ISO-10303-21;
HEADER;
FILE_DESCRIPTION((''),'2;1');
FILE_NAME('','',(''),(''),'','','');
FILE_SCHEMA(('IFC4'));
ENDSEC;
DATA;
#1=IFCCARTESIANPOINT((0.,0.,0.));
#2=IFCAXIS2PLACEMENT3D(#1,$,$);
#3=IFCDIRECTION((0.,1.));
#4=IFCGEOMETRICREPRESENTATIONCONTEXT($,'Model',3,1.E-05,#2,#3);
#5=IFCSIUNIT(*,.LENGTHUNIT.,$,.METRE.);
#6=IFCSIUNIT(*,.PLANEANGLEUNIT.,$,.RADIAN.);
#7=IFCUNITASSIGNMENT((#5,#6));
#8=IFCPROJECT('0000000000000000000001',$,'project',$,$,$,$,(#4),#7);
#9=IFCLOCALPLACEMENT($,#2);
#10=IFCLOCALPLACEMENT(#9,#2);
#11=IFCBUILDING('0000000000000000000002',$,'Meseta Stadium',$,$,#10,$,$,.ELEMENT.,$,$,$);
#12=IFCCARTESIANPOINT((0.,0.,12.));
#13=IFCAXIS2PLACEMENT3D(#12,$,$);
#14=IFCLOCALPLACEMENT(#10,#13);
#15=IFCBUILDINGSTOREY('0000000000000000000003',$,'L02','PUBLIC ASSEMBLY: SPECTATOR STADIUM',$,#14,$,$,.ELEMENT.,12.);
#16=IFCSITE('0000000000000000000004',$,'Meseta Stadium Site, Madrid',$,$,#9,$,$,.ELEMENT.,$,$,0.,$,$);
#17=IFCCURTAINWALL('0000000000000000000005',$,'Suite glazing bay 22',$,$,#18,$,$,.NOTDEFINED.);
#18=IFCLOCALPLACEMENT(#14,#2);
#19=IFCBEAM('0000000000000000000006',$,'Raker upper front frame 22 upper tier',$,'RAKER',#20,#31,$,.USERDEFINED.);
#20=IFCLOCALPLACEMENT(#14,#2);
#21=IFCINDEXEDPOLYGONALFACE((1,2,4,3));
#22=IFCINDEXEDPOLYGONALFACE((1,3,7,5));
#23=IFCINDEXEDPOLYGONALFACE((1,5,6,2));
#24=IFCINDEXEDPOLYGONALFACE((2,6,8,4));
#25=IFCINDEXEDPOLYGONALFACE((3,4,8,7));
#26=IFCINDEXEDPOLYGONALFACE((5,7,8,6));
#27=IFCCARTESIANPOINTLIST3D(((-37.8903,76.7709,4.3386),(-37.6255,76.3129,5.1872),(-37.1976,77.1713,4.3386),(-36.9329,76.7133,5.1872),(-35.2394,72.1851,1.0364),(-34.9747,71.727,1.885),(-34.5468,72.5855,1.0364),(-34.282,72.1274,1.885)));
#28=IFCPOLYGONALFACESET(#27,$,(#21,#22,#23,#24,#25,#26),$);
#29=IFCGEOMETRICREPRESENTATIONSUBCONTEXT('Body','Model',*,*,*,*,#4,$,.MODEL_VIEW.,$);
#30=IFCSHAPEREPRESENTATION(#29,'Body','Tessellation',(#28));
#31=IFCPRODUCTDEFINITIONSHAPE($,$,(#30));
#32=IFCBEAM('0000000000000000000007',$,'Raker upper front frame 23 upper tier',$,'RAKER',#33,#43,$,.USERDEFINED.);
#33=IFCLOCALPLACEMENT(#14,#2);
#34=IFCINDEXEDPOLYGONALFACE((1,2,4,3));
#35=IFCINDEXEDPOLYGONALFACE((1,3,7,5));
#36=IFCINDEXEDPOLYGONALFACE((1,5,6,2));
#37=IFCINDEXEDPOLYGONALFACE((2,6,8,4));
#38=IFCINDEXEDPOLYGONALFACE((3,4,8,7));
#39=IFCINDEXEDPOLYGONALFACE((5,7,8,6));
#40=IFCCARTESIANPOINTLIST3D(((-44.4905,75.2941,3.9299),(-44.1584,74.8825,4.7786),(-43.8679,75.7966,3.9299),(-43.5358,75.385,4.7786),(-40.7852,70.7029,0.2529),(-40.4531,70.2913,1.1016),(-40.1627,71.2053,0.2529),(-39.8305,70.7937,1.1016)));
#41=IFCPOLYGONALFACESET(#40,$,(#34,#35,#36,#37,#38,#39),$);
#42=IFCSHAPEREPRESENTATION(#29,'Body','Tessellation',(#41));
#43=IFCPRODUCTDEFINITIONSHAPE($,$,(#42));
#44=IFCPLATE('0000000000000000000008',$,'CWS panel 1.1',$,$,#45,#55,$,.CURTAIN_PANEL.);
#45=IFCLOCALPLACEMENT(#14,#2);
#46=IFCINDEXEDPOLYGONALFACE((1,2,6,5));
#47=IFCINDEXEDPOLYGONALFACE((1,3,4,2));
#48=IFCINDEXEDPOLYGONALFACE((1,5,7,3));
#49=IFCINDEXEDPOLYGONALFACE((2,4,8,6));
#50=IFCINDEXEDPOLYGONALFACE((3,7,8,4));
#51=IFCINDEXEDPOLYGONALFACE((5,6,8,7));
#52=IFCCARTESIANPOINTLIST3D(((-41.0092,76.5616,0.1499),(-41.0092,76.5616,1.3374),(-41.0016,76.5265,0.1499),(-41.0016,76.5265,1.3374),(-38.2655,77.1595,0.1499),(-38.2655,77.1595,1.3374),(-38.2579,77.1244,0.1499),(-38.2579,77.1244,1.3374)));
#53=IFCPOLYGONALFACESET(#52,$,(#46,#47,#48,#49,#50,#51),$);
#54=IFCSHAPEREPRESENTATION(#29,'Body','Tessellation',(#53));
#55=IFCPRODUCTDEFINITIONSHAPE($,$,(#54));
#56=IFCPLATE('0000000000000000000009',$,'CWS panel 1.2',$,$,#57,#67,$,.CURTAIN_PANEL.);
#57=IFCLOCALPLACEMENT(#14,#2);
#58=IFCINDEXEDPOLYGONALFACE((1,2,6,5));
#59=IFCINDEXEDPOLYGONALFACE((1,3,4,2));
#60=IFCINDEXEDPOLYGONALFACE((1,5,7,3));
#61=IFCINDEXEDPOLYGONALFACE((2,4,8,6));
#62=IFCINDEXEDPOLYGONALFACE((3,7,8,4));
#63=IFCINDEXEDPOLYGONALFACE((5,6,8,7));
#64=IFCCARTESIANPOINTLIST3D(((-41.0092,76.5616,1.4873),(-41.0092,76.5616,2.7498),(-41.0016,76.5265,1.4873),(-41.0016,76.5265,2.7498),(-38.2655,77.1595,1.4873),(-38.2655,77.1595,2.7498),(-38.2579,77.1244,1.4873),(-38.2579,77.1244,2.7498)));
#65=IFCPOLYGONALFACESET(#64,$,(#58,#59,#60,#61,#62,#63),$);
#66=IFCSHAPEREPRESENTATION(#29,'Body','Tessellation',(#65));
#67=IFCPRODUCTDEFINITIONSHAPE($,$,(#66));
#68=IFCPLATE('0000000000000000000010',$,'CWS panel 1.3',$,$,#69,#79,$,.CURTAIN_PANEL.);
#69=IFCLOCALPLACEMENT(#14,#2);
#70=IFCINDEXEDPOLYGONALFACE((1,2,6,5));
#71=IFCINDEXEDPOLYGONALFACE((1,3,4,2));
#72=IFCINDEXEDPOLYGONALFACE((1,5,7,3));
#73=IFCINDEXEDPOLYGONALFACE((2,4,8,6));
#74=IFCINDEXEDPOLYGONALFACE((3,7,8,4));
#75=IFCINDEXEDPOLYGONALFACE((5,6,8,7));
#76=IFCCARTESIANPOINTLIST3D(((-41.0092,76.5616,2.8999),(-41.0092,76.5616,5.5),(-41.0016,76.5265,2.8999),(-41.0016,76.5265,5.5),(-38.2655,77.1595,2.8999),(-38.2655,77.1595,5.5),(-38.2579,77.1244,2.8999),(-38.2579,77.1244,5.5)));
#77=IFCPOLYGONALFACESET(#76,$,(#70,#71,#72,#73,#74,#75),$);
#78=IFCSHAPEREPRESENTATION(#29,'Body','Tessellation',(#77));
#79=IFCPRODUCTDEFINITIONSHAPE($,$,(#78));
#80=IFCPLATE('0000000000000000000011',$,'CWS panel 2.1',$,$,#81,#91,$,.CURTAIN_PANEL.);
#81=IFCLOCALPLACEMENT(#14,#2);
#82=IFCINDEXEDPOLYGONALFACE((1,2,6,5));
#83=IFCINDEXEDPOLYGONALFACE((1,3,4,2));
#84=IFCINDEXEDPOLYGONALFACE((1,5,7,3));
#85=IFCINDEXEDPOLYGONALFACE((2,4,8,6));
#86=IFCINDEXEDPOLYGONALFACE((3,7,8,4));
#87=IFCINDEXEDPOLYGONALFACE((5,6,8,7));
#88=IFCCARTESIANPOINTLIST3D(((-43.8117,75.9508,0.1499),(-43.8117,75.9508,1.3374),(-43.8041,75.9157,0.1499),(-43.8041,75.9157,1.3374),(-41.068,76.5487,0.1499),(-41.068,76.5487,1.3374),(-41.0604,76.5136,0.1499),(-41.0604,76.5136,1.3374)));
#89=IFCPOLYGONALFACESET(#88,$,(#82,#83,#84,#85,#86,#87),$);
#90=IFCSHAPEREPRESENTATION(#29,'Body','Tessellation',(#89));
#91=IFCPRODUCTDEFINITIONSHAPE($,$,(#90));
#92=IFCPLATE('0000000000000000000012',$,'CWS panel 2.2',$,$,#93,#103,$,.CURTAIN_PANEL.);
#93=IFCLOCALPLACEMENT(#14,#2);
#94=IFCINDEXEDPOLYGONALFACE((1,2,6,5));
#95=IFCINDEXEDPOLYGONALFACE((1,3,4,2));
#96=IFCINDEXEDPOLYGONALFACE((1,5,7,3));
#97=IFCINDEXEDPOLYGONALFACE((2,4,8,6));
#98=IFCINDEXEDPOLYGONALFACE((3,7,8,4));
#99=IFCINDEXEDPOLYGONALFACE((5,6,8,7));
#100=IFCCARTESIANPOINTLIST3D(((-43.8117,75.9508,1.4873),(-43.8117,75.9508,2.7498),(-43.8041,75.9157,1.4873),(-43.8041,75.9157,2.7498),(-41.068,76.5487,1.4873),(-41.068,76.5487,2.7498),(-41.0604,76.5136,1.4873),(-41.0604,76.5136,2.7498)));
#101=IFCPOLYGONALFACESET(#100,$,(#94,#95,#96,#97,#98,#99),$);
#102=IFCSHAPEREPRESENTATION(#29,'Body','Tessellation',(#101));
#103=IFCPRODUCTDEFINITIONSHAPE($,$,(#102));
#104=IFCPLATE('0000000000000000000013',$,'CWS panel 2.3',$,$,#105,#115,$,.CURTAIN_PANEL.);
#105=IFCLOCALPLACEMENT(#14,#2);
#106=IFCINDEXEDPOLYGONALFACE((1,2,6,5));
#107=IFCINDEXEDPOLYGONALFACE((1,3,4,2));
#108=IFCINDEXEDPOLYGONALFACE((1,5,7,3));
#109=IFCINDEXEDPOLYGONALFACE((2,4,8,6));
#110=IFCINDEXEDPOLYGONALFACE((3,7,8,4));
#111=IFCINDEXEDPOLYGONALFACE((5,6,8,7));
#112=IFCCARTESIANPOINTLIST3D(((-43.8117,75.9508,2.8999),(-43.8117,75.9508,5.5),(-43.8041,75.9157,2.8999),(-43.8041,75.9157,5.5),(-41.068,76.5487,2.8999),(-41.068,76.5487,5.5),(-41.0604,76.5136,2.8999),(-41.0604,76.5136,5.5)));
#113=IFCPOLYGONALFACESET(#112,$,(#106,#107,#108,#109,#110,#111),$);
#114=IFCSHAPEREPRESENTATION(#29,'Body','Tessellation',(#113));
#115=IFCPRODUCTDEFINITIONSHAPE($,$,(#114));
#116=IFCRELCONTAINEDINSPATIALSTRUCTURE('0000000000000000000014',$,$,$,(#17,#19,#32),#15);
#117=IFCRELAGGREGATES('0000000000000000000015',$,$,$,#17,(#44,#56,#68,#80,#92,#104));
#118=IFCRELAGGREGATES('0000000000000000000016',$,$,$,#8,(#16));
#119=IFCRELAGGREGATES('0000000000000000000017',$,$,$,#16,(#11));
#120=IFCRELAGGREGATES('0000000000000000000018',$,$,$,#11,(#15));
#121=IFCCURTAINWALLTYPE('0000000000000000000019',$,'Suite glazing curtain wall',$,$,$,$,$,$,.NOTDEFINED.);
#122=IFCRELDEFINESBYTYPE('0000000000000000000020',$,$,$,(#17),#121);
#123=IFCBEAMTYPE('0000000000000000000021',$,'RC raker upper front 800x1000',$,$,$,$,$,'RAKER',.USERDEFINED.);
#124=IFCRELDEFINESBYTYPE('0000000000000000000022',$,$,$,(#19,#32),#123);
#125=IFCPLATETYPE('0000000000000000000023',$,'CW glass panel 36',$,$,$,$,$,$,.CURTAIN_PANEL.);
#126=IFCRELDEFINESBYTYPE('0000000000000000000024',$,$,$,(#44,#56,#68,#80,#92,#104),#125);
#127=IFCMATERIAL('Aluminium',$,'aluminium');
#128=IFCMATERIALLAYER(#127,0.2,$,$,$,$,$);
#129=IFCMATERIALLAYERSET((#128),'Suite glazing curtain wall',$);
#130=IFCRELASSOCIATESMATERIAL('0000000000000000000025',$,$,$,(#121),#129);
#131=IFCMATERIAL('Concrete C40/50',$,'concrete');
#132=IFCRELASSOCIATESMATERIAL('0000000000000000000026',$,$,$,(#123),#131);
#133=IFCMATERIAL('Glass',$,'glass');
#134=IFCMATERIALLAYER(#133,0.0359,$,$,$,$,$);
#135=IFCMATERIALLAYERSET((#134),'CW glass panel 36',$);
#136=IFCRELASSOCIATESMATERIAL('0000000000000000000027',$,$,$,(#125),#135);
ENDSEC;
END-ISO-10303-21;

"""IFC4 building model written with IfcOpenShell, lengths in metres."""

from ifc_helpers import new_model, si_unit, direction, frame, origin, origin_2d, place, context, subcontext, project, spatial, rectangle, extrude, material, layer, layer_set, material_profile, profile_set, type_object, element, aggregate, save


model = new_model("IFC4")

# Units and contexts
model_context = context("Model", 3, precision=1e-05, world=origin(), true_north=direction((0.0, 1.0)))
body_context = subcontext(model_context, "Body", "Model", "MODEL_VIEW")
ifc_project = project(units=[si_unit("LENGTHUNIT", "METRE"), si_unit("PLANEANGLEUNIT", "RADIAN")], contexts=[model_context])

# Site, building, storey
site_placement = place(None, origin())
site = spatial("IfcSite", under=ifc_project, at=site_placement, Name="Meseta Stadium Site, Madrid", CompositionType="ELEMENT", RefElevation=0.0)
building_placement = place(site_placement, origin())
building = spatial("IfcBuilding", under=site, at=building_placement, Name="Meseta Stadium", CompositionType="ELEMENT")
storey_placement = place(building_placement, frame((0.0, 0.0, 12.0)))
storey = spatial("IfcBuildingStorey", under=building, at=storey_placement, Name="L02", Description="PUBLIC ASSEMBLY: SPECTATOR STADIUM", CompositionType="ELEMENT", Elevation=12.0)

# Curtain wall
ifc_material_1 = material(Name="Aluminium", Category="aluminium")
ifc_layer_1 = layer(ifc_material_1, 0.2)
ifc_layer_set_1 = layer_set([ifc_layer_1], Name="Suite glazing curtain wall")
curtain_wall_type = type_object("IfcCurtainWallType", Name="Suite glazing curtain wall", PredefinedType="NOTDEFINED", material=ifc_layer_set_1)
curtain_wall_1_placement = place(storey_placement, origin())
curtain_wall_1 = element("IfcCurtainWall", 1, at=curtain_wall_1_placement, inside=storey, type_object=curtain_wall_type, Name="Suite glazing bay 22", PredefinedType="NOTDEFINED")

# Beams
ifc_material_2 = material(Name="Concrete C40/50", Category="concrete")
ifc_material_profile_1 = material_profile(ifc_material_2, rectangle(XDim=0.8, YDim=1.0, at=origin_2d()), Name="RC 800x1000")
ifc_profile_set_1 = profile_set([ifc_material_profile_1], Name="Concrete C40/50")
beam_type_1 = type_object("IfcBeamType", Name="RC raker upper front 800x1000", ElementType="RAKER", PredefinedType="USERDEFINED", material=ifc_profile_set_1)
beam_1_placement = place(storey_placement, frame((-34.7607, 72.1562, 1.4607), z_axis=(-0.424683, 0.734688, 0.529035), x_axis=(-0.865765, -0.500451, 0.0)))
element("IfcBeam", 2, at=beam_1_placement, inside=storey, type_object=beam_type_1, Name="Raker upper front frame 22 upper tier", ObjectType="RAKER", PredefinedType="USERDEFINED", context=body_context, shape_type="SweptSolid", body=[
    extrude(rectangle(XDim=0.8, YDim=1.0, at=origin_2d()), origin(), (0.0, 0.0, 1.0), 6.2419),
])
beam_2_placement = place(storey_placement, frame((-40.3079, 70.7483, 0.6772), z_axis=(-0.532989, 0.660433, 0.528915), x_axis=(-0.778193, -0.628025, 0.0)))
element("IfcBeam", 3, at=beam_2_placement, inside=storey, type_object=beam_type_1, Name="Raker upper front frame 23 upper tier", ObjectType="RAKER", PredefinedType="USERDEFINED", context=body_context, shape_type="SweptSolid", body=[
    extrude(rectangle(XDim=0.8, YDim=1.0, at=origin_2d()), origin(), (0.0, 0.0, 1.0), 6.9519),
])

# Plates
ifc_material_3 = material(Name="Glass", Category="glass")
ifc_layer_2 = layer(ifc_material_3, 0.0359)
ifc_layer_set_2 = layer_set([ifc_layer_2], Name="CW glass panel 36")
plate_type = type_object("IfcPlateType", Name="CW glass panel 36", PredefinedType="CURTAIN_PANEL", material=ifc_layer_set_2)
plate_1_placement = place(storey_placement, frame((-39.6335, 76.843, 0.1499), z_axis=(0.0, 0.0, 1.0), x_axis=(-0.97707, -0.212917, 0.0)))
plate_1 = element("IfcPlate", 4, at=plate_1_placement, type_object=plate_type, Name="CWS panel 1.1", PredefinedType="CURTAIN_PANEL", context=body_context, shape_type="SweptSolid", body=[
    extrude(rectangle(XDim=2.8081, YDim=0.0359, at=origin_2d()), origin(), (0.0, 0.0, 1.0), 1.1875),
])
plate_2_placement = place(storey_placement, frame((-39.6335, 76.843, 1.4873), z_axis=(0.0, 0.0, 1.0), x_axis=(-0.97707, -0.212917, 0.0)))
plate_2 = element("IfcPlate", 5, at=plate_2_placement, type_object=plate_type, Name="CWS panel 1.2", PredefinedType="CURTAIN_PANEL", context=body_context, shape_type="SweptSolid", body=[
    extrude(rectangle(XDim=2.8081, YDim=0.0359, at=origin_2d()), origin(), (0.0, 0.0, 1.0), 1.2625),
])
plate_3_placement = place(storey_placement, frame((-39.6335, 76.843, 2.8999), z_axis=(0.0, 0.0, 1.0), x_axis=(-0.97707, -0.212917, 0.0)))
plate_3 = element("IfcPlate", 6, at=plate_3_placement, type_object=plate_type, Name="CWS panel 1.3", PredefinedType="CURTAIN_PANEL", context=body_context, shape_type="SweptSolid", body=[
    extrude(rectangle(XDim=2.8081, YDim=0.0359, at=origin_2d()), origin(), (0.0, 0.0, 1.0), 2.6001),
])
plate_4_placement = place(storey_placement, frame((-42.436, 76.2322, 0.1499), z_axis=(0.0, 0.0, 1.0), x_axis=(-0.97707, -0.212917, 0.0)))
plate_4 = element("IfcPlate", 7, at=plate_4_placement, type_object=plate_type, Name="CWS panel 2.1", PredefinedType="CURTAIN_PANEL", context=body_context, shape_type="SweptSolid", body=[
    extrude(rectangle(XDim=2.8081, YDim=0.0359, at=origin_2d()), origin(), (0.0, 0.0, 1.0), 1.1875),
])
plate_5_placement = place(storey_placement, frame((-42.436, 76.2322, 1.4873), z_axis=(0.0, 0.0, 1.0), x_axis=(-0.97707, -0.212917, 0.0)))
plate_5 = element("IfcPlate", 8, at=plate_5_placement, type_object=plate_type, Name="CWS panel 2.2", PredefinedType="CURTAIN_PANEL", context=body_context, shape_type="SweptSolid", body=[
    extrude(rectangle(XDim=2.8081, YDim=0.0359, at=origin_2d()), origin(), (0.0, 0.0, 1.0), 1.2625),
])
plate_6_placement = place(storey_placement, frame((-42.436, 76.2322, 2.8999), z_axis=(0.0, 0.0, 1.0), x_axis=(-0.97707, -0.212917, 0.0)))
plate_6 = element("IfcPlate", 9, at=plate_6_placement, type_object=plate_type, Name="CWS panel 2.3", PredefinedType="CURTAIN_PANEL", context=body_context, shape_type="SweptSolid", body=[
    extrude(rectangle(XDim=2.8081, YDim=0.0359, at=origin_2d()), origin(), (0.0, 0.0, 1.0), 2.6001),
])
aggregate(curtain_wall_1, [plate_1, plate_2, plate_3, plate_4, plate_5, plate_6])

save(model, "model.ifc")
